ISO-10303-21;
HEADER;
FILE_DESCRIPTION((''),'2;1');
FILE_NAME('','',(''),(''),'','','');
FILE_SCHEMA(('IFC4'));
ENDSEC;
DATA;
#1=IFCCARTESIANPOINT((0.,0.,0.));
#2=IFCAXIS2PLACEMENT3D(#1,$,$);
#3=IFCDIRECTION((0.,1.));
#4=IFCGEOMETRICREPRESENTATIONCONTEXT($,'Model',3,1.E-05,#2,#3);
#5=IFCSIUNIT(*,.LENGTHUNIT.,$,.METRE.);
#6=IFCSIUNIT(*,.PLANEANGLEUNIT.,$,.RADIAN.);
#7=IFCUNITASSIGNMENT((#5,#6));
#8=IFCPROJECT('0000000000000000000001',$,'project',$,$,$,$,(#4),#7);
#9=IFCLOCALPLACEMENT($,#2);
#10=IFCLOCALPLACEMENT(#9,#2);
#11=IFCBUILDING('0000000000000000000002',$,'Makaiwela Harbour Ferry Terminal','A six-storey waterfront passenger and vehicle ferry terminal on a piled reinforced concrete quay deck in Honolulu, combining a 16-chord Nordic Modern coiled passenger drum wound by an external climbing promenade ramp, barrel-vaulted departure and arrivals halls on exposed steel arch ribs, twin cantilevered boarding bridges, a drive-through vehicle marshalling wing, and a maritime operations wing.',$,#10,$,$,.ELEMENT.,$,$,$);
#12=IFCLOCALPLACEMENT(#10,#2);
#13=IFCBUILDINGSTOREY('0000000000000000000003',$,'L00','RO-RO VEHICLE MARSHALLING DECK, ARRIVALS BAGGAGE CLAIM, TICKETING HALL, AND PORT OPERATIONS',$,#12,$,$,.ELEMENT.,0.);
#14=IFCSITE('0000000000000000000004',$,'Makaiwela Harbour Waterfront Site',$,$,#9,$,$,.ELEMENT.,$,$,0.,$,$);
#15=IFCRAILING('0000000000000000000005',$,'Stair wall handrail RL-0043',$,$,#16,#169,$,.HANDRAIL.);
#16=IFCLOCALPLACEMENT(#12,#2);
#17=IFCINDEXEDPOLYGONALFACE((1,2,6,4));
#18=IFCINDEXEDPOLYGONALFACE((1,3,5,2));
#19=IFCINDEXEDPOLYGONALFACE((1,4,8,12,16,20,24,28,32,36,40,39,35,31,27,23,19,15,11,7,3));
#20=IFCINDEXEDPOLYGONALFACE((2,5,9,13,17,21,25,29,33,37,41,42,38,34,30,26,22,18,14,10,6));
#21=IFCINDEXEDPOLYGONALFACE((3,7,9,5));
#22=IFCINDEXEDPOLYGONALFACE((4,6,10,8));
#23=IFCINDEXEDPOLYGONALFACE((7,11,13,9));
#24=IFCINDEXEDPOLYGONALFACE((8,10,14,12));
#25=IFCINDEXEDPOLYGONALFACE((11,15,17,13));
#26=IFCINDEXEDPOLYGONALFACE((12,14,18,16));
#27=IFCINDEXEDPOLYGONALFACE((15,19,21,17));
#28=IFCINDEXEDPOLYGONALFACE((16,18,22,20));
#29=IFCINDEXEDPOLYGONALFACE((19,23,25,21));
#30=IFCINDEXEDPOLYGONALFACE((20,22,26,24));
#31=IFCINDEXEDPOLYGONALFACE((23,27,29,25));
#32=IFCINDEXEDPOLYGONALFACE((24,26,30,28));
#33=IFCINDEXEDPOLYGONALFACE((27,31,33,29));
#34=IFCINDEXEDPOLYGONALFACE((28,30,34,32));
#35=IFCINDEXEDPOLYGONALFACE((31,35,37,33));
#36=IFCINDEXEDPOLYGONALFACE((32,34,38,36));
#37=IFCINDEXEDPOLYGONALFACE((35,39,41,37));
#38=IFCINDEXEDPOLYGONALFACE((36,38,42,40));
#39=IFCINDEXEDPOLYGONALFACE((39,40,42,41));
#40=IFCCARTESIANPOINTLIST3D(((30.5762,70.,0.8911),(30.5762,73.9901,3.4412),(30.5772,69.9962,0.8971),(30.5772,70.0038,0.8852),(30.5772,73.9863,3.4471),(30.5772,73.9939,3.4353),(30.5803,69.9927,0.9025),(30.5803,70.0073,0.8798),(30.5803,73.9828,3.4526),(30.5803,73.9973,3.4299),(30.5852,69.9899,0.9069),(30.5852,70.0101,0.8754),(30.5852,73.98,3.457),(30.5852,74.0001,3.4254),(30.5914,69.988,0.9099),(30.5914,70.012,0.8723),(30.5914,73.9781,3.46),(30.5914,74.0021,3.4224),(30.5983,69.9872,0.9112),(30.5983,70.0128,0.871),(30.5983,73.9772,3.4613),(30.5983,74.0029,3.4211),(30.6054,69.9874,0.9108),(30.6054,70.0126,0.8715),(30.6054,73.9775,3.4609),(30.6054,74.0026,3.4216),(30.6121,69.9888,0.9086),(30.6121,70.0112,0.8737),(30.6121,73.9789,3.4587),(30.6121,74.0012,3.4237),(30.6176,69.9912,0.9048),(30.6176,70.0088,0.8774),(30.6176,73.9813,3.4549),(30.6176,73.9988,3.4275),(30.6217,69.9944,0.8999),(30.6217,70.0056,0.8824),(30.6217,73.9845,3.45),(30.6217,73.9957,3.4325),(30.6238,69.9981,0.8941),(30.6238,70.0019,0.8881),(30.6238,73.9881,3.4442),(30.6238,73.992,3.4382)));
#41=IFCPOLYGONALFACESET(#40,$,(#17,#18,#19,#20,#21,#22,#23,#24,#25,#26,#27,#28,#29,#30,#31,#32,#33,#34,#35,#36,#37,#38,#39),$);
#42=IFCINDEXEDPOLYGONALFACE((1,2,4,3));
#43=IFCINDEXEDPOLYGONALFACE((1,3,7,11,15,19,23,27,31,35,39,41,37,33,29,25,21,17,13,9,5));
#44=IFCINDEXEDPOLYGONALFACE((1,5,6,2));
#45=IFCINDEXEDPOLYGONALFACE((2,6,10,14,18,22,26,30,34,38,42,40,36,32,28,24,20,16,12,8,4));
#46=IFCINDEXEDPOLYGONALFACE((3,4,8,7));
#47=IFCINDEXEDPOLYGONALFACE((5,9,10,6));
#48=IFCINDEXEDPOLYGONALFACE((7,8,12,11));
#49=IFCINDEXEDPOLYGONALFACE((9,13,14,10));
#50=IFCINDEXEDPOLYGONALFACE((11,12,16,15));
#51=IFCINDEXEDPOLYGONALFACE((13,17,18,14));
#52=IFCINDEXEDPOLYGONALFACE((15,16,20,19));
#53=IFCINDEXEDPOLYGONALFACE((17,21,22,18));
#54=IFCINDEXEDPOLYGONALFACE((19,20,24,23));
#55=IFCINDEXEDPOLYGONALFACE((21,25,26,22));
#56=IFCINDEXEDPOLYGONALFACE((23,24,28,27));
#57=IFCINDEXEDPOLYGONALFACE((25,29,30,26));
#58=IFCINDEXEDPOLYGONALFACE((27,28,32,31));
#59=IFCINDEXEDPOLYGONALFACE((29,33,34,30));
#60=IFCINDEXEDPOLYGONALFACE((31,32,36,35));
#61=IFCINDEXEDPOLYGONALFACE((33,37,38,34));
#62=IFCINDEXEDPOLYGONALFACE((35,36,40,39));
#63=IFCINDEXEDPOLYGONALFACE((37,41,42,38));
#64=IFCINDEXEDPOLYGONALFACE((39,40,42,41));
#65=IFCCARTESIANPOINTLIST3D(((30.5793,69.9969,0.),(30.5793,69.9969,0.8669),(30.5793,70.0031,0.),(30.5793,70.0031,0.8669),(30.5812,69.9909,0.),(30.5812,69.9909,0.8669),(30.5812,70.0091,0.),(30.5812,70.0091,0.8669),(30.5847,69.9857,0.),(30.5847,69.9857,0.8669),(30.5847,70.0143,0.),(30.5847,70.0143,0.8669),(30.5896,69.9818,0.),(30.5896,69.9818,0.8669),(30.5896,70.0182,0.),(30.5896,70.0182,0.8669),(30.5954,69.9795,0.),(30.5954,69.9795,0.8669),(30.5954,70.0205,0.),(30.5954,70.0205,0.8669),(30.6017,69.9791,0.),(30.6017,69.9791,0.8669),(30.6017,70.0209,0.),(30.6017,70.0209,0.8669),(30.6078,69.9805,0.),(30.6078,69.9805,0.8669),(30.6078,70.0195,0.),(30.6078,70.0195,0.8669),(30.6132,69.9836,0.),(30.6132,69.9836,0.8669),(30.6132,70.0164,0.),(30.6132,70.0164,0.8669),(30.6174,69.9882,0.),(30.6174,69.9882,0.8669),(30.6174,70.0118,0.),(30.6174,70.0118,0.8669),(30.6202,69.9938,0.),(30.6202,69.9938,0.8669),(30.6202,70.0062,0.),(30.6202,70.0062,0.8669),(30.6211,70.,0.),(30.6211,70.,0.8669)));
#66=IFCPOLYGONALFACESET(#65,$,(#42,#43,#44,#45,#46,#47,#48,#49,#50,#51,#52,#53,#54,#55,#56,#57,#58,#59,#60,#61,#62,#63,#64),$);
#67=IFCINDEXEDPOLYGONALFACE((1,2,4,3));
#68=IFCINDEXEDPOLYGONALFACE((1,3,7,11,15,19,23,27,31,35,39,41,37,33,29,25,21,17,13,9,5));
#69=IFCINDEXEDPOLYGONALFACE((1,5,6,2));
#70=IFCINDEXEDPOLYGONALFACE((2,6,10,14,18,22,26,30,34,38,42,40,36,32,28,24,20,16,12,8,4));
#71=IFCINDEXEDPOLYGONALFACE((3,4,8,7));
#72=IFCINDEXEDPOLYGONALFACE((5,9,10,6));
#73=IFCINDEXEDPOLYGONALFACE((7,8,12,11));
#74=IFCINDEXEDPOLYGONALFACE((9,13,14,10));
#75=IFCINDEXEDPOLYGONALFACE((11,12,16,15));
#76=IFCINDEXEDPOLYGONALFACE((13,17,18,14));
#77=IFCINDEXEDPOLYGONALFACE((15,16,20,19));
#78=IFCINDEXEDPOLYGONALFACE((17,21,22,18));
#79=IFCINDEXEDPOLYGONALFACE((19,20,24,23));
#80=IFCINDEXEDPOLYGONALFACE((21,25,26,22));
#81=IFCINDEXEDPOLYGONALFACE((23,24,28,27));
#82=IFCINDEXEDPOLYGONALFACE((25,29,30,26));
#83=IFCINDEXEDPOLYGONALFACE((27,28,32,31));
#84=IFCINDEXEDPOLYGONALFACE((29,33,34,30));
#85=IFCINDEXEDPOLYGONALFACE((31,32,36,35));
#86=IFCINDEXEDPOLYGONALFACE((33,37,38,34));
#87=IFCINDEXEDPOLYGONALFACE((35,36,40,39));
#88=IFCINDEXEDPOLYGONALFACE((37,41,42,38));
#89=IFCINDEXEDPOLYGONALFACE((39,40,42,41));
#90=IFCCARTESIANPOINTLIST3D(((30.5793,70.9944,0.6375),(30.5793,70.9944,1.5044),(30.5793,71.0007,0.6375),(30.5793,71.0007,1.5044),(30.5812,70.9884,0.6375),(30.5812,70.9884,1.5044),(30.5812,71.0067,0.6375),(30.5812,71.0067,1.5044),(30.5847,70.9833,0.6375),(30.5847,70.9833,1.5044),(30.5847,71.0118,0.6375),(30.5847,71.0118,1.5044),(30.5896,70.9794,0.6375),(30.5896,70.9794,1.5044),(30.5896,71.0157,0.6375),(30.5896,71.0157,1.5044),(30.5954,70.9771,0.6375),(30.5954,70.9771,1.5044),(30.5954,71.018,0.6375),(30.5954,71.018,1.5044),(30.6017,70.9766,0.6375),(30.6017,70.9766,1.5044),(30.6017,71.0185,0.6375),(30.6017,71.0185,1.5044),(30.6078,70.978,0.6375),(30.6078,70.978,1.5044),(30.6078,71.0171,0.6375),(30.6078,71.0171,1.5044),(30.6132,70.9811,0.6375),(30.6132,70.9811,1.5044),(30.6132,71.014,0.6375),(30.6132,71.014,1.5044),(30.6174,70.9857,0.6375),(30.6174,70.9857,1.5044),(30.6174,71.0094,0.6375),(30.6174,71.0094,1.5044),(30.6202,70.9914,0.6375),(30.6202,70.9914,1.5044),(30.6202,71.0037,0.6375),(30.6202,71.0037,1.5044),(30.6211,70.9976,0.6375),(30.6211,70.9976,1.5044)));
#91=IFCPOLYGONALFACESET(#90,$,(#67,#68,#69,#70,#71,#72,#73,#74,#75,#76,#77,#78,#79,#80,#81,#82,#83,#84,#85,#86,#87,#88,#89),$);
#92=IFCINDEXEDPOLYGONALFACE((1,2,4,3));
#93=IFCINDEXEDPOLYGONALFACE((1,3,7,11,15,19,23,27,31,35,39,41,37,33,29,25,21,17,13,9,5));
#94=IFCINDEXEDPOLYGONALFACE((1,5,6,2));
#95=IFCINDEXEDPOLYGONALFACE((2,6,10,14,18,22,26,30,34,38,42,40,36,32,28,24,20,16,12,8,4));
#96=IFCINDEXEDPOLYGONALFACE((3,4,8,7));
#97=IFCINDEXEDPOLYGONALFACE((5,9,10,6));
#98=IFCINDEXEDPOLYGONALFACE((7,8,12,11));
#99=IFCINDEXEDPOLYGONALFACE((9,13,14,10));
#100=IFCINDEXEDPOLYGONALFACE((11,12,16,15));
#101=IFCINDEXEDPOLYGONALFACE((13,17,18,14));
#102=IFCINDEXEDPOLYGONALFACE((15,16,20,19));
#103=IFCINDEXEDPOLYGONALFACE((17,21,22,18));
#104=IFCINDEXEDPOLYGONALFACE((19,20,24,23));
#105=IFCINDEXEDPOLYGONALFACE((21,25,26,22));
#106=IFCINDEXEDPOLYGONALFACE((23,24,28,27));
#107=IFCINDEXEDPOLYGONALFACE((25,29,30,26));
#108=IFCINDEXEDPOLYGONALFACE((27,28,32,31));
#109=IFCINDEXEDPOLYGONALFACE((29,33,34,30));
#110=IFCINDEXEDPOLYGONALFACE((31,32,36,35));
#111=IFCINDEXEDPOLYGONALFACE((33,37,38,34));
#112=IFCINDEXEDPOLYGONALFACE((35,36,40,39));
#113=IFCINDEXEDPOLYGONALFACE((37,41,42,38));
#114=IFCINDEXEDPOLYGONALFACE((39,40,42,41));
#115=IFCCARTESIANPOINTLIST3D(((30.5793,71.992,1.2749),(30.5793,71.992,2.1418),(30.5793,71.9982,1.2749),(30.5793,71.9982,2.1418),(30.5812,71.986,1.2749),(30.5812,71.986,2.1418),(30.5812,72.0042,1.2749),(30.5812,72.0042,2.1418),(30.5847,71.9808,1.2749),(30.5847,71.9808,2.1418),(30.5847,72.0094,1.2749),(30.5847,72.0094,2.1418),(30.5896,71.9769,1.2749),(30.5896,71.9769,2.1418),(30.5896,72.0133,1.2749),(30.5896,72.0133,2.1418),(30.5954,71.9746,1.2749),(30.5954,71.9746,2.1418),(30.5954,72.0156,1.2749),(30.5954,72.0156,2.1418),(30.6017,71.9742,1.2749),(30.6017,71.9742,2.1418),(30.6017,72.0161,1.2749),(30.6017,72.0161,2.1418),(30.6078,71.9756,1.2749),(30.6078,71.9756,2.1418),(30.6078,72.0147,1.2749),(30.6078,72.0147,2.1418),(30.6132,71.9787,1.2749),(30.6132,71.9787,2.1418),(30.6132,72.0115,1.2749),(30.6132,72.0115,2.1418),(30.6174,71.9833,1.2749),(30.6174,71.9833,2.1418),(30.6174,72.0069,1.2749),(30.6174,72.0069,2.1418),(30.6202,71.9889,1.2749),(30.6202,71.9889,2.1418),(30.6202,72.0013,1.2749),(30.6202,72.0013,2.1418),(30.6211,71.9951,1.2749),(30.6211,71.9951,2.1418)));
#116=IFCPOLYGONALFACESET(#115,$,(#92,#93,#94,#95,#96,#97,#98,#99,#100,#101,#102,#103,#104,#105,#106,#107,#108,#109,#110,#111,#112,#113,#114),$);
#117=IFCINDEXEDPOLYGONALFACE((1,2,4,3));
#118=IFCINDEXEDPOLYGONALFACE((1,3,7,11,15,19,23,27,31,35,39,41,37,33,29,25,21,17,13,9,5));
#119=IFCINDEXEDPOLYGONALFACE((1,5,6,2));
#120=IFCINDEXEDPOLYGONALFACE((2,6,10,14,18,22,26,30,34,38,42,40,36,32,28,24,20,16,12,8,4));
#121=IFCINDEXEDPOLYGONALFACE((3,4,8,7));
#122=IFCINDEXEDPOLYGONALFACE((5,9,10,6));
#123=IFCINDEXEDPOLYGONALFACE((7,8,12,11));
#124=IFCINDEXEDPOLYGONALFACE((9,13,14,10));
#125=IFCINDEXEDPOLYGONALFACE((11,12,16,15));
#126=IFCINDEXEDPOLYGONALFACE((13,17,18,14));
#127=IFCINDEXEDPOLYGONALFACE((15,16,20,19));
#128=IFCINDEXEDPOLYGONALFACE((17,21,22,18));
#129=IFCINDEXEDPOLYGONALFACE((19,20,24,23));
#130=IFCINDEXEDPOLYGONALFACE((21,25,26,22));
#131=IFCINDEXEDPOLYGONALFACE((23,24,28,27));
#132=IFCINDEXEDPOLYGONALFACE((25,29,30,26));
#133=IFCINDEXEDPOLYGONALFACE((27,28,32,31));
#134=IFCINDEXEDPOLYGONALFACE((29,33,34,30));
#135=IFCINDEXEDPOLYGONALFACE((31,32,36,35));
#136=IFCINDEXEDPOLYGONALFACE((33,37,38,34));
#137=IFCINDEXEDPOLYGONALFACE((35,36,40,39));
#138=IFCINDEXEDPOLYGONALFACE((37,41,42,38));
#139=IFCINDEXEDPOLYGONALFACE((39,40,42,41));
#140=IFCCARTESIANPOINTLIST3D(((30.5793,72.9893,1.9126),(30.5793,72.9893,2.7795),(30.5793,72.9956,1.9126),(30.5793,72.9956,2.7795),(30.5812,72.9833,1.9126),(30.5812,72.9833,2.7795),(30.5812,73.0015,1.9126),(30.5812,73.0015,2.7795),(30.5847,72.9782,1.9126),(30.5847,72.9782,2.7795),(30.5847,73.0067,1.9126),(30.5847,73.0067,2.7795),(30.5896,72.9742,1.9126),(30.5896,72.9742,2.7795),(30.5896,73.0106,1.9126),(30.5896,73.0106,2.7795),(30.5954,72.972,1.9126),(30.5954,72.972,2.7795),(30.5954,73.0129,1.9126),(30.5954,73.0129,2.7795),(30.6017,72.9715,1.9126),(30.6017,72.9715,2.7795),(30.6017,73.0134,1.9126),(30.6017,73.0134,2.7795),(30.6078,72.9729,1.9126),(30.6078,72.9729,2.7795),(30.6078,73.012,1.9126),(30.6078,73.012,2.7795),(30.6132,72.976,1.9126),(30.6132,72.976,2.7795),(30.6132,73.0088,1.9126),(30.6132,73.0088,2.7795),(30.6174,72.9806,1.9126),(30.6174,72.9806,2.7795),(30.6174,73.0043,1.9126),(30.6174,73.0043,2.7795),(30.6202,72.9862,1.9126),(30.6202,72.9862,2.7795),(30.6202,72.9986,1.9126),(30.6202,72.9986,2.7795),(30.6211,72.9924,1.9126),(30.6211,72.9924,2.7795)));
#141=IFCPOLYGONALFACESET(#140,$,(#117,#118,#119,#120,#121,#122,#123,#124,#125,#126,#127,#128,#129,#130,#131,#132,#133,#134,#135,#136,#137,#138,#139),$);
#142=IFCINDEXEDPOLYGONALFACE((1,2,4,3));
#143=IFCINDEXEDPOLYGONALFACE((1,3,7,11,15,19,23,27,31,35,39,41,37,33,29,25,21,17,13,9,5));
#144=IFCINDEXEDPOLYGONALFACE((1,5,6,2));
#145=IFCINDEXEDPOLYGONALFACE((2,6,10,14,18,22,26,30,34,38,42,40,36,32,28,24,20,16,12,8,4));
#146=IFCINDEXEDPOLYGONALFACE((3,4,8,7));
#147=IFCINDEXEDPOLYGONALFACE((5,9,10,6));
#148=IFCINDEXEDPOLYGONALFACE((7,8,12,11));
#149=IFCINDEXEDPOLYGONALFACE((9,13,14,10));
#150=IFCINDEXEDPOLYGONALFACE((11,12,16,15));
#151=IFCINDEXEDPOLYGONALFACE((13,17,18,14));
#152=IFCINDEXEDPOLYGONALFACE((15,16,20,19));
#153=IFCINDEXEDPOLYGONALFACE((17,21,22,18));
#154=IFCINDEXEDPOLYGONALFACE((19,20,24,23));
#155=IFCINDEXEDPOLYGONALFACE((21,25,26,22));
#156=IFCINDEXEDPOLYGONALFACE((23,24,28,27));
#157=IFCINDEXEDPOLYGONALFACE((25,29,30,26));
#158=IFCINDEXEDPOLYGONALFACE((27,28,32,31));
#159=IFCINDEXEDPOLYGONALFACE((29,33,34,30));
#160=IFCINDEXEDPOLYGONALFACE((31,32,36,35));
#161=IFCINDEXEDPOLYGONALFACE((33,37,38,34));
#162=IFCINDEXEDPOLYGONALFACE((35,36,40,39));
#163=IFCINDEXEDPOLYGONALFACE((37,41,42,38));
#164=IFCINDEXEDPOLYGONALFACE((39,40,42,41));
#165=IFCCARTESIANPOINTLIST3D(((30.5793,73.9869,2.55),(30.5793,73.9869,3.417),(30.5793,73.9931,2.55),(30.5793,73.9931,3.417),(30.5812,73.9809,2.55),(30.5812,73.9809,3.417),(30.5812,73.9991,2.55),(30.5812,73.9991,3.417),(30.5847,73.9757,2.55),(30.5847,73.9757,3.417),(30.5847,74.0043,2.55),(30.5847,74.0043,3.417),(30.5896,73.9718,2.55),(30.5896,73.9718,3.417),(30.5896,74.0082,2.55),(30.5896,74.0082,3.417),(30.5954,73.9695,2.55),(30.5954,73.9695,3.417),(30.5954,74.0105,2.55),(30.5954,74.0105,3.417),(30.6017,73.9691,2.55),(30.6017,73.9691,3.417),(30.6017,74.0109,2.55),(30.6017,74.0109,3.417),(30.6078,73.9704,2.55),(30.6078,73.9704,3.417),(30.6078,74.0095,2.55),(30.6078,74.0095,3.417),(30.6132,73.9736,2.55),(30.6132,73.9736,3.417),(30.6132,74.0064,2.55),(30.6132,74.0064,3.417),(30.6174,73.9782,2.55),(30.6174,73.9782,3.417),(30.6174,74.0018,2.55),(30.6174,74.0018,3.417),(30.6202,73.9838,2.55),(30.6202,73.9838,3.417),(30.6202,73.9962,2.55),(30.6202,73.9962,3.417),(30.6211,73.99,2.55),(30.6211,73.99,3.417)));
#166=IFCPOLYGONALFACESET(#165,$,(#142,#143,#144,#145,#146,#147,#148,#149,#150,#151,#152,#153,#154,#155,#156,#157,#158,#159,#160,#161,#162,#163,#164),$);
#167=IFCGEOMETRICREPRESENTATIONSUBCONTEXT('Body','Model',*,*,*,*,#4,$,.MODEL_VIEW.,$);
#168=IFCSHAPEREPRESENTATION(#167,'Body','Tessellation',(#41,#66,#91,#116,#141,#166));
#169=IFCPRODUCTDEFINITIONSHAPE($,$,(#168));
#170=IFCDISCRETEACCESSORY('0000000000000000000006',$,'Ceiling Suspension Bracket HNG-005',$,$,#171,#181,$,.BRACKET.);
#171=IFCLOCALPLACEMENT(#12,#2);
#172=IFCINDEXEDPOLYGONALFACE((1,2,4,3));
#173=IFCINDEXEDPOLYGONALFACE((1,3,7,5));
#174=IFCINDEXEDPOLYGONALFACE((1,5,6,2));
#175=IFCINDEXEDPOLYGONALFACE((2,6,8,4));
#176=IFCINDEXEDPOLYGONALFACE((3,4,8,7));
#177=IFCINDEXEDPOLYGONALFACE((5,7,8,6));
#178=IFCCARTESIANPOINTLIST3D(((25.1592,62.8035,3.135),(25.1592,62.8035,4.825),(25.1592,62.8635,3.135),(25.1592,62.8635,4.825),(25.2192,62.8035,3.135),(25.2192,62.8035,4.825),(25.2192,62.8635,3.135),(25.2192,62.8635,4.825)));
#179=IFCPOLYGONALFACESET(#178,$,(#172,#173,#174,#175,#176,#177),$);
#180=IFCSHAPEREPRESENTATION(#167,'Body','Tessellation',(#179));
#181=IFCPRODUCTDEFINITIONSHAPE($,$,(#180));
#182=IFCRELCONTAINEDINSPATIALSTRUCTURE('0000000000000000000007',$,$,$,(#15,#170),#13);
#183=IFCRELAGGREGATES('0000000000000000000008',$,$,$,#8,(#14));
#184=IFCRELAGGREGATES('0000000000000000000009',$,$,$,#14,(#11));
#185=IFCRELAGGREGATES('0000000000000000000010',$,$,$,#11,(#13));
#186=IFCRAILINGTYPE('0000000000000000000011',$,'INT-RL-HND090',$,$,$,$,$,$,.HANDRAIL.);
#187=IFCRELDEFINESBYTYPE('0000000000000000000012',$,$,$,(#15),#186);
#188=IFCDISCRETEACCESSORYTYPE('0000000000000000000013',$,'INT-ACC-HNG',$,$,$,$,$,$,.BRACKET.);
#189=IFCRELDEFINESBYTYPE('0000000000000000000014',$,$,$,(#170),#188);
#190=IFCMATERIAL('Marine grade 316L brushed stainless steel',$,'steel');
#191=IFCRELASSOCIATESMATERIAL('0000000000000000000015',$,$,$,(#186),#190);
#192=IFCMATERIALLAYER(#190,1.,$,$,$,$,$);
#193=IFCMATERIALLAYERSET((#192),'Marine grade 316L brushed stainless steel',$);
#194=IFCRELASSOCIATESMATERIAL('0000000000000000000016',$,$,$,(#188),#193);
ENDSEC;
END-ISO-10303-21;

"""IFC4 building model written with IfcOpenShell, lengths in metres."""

from ifc_helpers import new_model, si_unit, direction, frame, origin, origin_2d, place, context, subcontext, project, spatial, rectangle, circle, extrude, material, layer, layer_set, type_object, element, save


model = new_model("IFC4")

# Units and contexts
model_context = context("Model", 3, precision=1e-05, world=origin(), true_north=direction((0.0, 1.0)))
body_context = subcontext(model_context, "Body", "Model", "MODEL_VIEW")
ifc_project = project(units=[si_unit("LENGTHUNIT", "METRE"), si_unit("PLANEANGLEUNIT", "RADIAN")], contexts=[model_context])

# Site, building, storey
site_placement = place(None, origin())
site = spatial("IfcSite", under=ifc_project, at=site_placement, Name="Makaiwela Harbour Waterfront Site", CompositionType="ELEMENT", RefElevation=0.0)
building_placement = place(site_placement, origin())
building = spatial("IfcBuilding", under=site, at=building_placement, Name="Makaiwela Harbour Ferry Terminal", Description="A six-storey waterfront passenger and vehicle ferry terminal on a piled reinforced concrete quay deck in Honolulu, combining a 16-chord Nordic Modern coiled passenger drum wound by an external climbing promenade ramp, barrel-vaulted departure and arrivals halls on exposed steel arch ribs, twin cantilevered boarding bridges, a drive-through vehicle marshalling wing, and a maritime operations wing.", CompositionType="ELEMENT")
storey_placement = place(building_placement, origin())
storey = spatial("IfcBuildingStorey", under=building, at=storey_placement, Name="L00", Description="RO-RO VEHICLE MARSHALLING DECK, ARRIVALS BAGGAGE CLAIM, TICKETING HALL, AND PORT OPERATIONS", CompositionType="ELEMENT", Elevation=0.0)

# Shared definitions
ifc_material_1 = material(Name="Marine grade 316L brushed stainless steel", Category="steel")

# Railing
railing_type_1 = type_object("IfcRailingType", Name="INT-RL-HND090", PredefinedType="HANDRAIL", material=ifc_material_1)
railing_1_placement = place(storey_placement, frame((30.6001, 70.0, 0.0)))
element("IfcRailing", 1, at=railing_1_placement, inside=storey, type_object=railing_type_1, Name="Stair wall handrail RL-0043", PredefinedType="HANDRAIL", context=body_context, shape_type="SweptSolid", body=[
    extrude(circle(Radius=0.0239, at=origin_2d()), frame((0.0, 0.0, 0.8911), z_axis=(0.0, 0.842611, 0.538523), x_axis=(-1.0, 0.0, 0.0)), (0.0, 0.0, 1.0), 4.7354),
    extrude(circle(Radius=0.021, at=origin_2d()), origin(), (0.0, 0.0, 1.0), 0.8669),
    extrude(circle(Radius=0.021, at=origin_2d()), frame((0.0, 0.9976, 0.6375)), (0.0, 0.0, 1.0), 0.8669),
    extrude(circle(Radius=0.021, at=origin_2d()), frame((0.0, 1.9951, 1.2749)), (0.0, 0.0, 1.0), 0.8669),
    extrude(circle(Radius=0.021, at=origin_2d()), frame((0.0, 2.9924, 1.9126)), (0.0, 0.0, 1.0), 0.8669),
    extrude(circle(Radius=0.021, at=origin_2d()), frame((0.0, 3.99, 2.55)), (0.0, 0.0, 1.0), 0.8669),
])

# Discrete accessory
ifc_layer_1 = layer(ifc_material_1, 1.0)
ifc_layer_set_1 = layer_set([ifc_layer_1], Name="Marine grade 316L brushed stainless steel")
discrete_accessory_type = type_object("IfcDiscreteAccessoryType", Name="INT-ACC-HNG", PredefinedType="BRACKET", material=ifc_layer_set_1)
discrete_accessory_placement = place(storey_placement, frame((25.1892, 62.8335, 3.135), z_axis=(0.0, 0.0, 1.0), x_axis=(1.0, 0.0, 0.0)))
element("IfcDiscreteAccessory", 2, at=discrete_accessory_placement, inside=storey, type_object=discrete_accessory_type, Name="Ceiling Suspension Bracket HNG-005", PredefinedType="BRACKET", context=body_context, shape_type="SweptSolid", body=[
    extrude(rectangle(XDim=0.0601, YDim=0.0601, at=origin_2d()), origin(), (0.0, 0.0, 1.0), 1.6899),
])

save(model, "model.ifc")
